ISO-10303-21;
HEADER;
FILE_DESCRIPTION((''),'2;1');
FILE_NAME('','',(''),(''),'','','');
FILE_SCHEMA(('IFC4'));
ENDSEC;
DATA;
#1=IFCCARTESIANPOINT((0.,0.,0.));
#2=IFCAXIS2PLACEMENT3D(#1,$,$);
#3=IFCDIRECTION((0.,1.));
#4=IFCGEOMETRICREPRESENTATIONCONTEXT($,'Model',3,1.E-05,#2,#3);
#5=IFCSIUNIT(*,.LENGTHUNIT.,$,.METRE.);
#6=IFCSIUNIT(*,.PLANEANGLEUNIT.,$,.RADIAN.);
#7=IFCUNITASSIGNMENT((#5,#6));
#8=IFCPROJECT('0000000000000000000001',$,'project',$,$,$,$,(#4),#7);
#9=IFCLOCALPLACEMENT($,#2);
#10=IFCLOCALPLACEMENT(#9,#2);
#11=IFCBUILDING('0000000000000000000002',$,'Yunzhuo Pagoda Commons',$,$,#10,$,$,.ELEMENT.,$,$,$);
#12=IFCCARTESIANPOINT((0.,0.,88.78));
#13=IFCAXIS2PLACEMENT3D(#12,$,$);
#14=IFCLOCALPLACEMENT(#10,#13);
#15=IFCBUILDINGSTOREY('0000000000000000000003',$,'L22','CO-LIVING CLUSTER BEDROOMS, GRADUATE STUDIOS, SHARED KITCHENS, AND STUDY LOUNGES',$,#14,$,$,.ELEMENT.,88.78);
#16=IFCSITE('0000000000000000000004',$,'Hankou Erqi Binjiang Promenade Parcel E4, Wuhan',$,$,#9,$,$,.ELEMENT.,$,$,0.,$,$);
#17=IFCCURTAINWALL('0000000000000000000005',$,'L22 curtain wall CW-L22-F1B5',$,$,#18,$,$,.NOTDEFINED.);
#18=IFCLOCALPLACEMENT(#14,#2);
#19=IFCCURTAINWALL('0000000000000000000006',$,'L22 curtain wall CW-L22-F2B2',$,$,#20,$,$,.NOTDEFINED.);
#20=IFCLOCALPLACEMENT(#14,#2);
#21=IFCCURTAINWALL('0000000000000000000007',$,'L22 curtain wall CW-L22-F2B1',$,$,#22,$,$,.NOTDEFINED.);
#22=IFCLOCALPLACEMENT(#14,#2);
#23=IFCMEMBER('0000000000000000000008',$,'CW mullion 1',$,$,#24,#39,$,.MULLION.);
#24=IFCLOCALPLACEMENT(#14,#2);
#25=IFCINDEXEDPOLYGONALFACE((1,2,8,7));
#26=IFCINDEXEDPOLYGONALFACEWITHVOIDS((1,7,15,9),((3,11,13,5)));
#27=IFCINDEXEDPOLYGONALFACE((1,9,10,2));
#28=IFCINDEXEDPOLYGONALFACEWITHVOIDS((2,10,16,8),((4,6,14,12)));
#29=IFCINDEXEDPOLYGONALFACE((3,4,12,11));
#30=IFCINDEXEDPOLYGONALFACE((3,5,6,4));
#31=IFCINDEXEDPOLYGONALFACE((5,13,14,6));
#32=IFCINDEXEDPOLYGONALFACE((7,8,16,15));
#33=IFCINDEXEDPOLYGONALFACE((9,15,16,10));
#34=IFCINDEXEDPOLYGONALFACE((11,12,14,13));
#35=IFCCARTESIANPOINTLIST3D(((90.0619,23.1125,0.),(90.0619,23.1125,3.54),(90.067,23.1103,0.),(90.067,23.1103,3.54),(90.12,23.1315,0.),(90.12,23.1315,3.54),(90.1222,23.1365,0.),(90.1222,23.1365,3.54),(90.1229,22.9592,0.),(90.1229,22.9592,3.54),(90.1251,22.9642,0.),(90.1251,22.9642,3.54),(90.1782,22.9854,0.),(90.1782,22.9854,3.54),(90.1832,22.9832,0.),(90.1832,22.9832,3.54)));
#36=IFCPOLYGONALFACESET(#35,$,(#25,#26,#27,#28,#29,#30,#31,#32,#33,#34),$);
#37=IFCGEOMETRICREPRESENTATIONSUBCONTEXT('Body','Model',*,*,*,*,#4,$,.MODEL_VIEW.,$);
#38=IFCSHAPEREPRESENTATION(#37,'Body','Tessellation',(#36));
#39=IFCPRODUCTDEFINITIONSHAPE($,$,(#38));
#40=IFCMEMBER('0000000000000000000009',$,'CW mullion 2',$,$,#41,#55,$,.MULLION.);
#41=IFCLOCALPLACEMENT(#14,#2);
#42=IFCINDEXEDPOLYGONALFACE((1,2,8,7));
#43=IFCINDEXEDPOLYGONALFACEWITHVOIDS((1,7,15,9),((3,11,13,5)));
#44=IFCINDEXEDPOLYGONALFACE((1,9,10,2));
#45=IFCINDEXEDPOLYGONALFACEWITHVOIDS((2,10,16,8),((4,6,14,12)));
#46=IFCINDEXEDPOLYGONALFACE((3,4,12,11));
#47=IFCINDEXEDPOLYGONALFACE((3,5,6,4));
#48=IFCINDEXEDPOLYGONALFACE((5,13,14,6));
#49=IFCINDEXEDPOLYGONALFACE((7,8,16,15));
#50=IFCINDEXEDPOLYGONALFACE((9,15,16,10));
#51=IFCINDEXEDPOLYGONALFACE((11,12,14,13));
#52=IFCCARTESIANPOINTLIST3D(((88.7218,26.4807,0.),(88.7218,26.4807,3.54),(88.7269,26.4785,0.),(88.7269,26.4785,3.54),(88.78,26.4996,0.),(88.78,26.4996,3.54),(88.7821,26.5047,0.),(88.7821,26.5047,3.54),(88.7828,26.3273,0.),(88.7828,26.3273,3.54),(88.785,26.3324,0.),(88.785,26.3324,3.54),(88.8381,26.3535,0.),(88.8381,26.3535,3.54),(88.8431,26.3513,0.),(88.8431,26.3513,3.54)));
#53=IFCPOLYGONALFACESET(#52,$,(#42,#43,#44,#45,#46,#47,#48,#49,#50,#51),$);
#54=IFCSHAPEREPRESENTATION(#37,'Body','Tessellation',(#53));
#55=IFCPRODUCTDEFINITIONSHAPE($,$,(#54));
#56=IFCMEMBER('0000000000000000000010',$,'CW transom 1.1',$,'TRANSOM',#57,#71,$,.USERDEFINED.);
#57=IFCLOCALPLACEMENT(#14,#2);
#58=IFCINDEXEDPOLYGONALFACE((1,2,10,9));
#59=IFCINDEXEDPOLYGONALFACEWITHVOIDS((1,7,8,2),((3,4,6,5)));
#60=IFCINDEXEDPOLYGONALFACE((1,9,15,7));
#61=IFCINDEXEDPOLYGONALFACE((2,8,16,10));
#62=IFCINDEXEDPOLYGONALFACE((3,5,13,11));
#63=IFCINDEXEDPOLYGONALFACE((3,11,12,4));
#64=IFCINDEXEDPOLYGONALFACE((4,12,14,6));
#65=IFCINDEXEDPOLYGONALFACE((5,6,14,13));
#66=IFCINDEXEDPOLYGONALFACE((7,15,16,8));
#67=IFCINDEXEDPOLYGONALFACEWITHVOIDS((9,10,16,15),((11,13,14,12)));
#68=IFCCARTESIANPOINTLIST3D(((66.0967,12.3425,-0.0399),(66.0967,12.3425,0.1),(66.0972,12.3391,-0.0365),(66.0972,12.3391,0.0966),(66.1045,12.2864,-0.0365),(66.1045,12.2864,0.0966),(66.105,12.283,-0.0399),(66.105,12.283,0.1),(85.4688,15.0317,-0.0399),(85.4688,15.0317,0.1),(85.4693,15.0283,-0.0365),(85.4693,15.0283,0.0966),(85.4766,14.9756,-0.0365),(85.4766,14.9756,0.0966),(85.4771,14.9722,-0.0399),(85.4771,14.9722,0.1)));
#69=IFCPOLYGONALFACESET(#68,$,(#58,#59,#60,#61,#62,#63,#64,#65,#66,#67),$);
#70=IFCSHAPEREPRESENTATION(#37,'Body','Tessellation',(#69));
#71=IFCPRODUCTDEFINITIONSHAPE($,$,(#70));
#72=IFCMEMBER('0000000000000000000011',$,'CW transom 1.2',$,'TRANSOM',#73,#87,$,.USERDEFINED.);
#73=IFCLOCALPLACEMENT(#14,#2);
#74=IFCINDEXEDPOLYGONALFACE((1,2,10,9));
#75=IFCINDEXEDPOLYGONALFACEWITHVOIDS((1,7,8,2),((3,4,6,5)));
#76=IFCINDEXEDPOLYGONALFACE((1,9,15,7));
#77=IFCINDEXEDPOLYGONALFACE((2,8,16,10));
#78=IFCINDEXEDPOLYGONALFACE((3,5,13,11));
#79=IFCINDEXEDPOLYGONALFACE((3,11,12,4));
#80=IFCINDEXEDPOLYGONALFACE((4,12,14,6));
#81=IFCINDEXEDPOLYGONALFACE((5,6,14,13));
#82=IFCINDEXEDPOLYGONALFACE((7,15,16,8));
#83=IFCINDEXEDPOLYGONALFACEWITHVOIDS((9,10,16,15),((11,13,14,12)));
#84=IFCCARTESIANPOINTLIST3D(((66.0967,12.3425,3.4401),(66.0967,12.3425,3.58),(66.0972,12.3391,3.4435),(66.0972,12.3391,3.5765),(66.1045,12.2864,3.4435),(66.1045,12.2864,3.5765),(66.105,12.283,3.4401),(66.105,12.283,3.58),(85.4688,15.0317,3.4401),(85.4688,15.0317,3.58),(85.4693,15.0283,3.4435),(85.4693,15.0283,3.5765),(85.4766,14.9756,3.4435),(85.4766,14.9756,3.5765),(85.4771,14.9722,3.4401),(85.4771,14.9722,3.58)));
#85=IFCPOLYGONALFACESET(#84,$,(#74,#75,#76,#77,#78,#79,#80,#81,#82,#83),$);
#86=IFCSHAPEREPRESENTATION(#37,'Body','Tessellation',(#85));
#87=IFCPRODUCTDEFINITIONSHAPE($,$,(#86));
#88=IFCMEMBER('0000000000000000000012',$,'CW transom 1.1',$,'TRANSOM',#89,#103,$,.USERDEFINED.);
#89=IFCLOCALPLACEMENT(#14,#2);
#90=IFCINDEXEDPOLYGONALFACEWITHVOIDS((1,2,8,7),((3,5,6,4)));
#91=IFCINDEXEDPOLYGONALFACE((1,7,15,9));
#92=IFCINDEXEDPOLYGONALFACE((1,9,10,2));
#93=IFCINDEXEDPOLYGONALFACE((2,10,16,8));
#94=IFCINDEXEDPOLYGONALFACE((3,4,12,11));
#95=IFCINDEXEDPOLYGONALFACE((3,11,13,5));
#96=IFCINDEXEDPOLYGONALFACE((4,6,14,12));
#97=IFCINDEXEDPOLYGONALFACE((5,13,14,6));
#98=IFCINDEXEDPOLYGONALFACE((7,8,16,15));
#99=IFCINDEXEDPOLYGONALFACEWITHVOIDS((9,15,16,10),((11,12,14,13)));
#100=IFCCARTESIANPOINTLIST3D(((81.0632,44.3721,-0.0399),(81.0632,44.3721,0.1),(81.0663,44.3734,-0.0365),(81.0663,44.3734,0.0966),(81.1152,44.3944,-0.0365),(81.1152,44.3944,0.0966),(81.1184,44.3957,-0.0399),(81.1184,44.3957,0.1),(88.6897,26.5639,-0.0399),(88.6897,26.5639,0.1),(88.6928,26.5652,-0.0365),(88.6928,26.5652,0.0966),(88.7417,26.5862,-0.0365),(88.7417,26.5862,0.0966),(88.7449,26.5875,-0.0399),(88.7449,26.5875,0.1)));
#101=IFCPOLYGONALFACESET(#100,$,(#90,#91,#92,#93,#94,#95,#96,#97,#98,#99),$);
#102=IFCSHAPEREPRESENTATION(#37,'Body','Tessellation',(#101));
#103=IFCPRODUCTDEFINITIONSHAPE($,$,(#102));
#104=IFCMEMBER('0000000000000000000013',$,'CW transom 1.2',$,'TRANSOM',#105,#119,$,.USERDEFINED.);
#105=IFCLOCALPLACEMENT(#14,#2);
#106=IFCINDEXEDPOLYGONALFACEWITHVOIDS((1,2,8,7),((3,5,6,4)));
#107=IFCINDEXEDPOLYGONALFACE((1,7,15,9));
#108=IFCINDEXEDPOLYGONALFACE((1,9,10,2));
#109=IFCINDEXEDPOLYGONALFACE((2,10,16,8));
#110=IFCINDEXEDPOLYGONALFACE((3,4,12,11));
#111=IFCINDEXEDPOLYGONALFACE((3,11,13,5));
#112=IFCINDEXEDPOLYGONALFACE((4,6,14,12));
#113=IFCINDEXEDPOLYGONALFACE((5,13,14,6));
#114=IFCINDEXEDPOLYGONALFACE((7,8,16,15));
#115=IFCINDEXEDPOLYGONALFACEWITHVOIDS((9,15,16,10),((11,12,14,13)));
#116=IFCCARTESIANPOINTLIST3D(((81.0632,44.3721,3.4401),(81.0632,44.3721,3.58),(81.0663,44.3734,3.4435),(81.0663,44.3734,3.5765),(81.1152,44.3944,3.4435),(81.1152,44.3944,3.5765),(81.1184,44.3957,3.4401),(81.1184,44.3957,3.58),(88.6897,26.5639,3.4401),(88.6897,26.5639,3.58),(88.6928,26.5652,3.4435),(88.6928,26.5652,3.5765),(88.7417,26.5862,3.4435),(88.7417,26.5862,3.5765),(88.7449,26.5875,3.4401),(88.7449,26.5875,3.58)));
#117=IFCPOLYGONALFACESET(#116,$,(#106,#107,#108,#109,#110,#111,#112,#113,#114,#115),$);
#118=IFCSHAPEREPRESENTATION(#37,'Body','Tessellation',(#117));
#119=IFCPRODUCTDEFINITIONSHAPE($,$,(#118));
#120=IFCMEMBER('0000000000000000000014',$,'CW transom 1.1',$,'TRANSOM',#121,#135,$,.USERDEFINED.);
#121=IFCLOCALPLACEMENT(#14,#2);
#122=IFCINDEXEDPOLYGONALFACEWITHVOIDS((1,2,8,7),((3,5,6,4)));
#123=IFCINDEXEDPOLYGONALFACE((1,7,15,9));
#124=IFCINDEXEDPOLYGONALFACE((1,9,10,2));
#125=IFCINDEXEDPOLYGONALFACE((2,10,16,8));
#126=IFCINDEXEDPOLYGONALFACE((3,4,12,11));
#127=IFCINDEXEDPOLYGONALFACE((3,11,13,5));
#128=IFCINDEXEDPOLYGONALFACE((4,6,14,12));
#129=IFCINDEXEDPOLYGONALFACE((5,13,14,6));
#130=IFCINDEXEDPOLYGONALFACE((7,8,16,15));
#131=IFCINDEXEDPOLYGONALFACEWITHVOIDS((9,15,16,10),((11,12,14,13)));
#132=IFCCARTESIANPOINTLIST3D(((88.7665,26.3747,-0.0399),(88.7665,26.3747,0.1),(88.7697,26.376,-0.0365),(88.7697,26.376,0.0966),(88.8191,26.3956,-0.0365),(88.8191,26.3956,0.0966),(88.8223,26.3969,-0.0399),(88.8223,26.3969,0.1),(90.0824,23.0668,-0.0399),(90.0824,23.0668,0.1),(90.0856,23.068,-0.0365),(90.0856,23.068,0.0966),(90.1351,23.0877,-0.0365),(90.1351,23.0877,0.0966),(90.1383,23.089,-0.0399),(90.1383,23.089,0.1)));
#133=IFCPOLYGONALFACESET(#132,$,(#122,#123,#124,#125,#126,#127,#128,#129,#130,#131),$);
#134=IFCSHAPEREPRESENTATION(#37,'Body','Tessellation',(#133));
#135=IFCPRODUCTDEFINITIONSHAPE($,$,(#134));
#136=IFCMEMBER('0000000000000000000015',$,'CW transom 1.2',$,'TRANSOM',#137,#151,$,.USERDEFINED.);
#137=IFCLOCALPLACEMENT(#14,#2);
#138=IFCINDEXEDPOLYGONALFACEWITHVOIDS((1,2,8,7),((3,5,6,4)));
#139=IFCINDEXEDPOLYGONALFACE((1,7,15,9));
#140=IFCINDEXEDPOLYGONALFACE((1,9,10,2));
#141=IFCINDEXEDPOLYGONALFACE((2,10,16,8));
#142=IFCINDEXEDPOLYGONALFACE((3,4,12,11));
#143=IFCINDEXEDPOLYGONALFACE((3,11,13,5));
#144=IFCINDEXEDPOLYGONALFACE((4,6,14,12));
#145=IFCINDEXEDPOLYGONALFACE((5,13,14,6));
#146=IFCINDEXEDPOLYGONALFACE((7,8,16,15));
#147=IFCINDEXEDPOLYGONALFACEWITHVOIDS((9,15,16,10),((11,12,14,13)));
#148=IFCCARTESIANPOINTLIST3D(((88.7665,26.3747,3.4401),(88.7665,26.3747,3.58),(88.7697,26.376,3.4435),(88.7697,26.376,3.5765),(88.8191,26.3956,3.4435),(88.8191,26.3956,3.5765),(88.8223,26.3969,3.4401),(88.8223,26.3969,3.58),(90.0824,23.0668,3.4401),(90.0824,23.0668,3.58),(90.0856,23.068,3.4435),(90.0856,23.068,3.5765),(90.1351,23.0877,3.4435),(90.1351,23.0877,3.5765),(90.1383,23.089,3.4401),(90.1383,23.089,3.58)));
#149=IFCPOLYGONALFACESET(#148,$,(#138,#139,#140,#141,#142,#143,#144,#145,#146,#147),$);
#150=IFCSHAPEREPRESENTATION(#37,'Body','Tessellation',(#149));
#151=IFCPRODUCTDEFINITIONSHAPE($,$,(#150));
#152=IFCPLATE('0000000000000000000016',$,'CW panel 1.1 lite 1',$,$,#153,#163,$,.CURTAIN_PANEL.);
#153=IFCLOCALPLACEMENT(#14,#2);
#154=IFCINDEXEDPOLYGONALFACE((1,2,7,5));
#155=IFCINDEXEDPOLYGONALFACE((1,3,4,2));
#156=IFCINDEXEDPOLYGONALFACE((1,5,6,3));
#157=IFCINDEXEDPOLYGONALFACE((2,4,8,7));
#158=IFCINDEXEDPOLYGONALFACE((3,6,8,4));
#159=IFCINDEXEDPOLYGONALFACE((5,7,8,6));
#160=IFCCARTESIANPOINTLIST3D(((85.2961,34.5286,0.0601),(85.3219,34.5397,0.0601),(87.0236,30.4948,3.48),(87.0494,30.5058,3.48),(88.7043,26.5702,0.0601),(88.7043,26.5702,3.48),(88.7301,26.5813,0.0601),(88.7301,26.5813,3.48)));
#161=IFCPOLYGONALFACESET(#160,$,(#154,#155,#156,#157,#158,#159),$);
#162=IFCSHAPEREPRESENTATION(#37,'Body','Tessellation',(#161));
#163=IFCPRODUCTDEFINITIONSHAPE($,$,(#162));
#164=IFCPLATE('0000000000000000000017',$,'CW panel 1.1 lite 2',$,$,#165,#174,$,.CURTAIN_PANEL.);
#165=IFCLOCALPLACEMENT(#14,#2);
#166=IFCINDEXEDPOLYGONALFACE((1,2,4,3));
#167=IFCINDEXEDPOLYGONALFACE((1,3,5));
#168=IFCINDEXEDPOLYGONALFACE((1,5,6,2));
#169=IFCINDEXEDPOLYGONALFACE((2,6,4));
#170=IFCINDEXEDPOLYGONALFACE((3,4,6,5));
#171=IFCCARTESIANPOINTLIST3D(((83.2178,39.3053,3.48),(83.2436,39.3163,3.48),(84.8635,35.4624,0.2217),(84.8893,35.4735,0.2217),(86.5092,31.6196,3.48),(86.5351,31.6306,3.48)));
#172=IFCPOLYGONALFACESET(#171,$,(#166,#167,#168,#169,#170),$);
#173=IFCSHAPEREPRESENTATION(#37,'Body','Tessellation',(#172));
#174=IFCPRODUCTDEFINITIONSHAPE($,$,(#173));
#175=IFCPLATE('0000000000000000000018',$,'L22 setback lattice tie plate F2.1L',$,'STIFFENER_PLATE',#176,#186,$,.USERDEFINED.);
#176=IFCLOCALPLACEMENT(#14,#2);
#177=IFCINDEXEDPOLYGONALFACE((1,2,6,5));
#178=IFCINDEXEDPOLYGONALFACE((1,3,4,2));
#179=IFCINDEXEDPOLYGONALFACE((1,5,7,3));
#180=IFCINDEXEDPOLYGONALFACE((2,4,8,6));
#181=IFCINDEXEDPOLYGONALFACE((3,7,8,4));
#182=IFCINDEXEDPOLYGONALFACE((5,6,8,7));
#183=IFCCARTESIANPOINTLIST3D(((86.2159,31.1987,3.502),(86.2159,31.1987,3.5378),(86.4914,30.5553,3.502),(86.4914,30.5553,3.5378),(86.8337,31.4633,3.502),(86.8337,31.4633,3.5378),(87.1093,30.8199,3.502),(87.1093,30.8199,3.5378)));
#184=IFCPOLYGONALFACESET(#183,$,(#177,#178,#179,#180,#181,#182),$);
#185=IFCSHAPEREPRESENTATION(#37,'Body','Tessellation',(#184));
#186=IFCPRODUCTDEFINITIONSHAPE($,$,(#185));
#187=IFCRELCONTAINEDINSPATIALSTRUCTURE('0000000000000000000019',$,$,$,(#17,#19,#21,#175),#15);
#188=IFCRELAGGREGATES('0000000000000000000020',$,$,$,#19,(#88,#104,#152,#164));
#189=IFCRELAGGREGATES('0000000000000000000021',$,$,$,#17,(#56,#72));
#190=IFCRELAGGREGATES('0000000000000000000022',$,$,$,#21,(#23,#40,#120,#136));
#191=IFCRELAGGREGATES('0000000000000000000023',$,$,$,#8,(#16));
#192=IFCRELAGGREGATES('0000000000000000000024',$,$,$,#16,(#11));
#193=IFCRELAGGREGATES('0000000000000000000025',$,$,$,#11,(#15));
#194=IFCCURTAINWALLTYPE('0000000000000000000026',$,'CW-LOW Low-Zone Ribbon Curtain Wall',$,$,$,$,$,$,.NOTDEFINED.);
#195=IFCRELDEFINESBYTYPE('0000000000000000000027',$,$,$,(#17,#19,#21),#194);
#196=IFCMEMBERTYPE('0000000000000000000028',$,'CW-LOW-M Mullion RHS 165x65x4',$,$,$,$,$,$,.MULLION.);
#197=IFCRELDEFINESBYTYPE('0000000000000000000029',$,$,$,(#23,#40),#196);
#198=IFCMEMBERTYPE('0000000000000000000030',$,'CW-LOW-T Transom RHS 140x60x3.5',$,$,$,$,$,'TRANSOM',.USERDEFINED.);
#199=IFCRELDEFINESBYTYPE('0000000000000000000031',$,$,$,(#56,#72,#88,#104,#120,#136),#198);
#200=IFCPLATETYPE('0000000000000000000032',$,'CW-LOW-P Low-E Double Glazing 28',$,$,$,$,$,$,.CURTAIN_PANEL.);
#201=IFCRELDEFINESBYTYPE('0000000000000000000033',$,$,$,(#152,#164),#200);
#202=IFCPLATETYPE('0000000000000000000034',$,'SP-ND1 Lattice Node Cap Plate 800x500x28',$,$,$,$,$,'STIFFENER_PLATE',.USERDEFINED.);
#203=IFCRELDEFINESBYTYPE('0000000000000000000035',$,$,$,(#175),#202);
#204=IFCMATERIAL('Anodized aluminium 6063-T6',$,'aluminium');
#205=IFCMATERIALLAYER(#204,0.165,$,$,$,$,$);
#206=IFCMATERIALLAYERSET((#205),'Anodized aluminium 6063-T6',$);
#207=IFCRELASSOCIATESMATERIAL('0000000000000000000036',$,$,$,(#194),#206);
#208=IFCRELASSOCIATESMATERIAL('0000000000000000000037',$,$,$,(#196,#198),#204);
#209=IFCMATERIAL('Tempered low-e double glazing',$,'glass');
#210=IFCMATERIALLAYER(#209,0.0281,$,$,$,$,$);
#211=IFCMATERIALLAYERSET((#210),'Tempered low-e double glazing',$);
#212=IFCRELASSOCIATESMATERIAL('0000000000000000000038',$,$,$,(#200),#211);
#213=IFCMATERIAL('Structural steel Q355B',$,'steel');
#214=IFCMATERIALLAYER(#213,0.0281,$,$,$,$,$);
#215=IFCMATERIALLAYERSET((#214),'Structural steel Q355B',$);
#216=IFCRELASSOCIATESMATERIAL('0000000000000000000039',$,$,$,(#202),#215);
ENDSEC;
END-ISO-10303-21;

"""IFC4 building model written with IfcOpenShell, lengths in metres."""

from ifc_helpers import new_model, si_unit, direction, frame, origin, origin_2d, place, context, subcontext, project, spatial, polyline, rectangle, hollow_rectangle, outline, extrude, source, transform, mapped, material, layer, layer_set, material_profile, profile_set, type_object, element, aggregate, save


model = new_model("IFC4")

# Units and contexts
model_context = context("Model", 3, precision=1e-05, world=origin(), true_north=direction((0.0, 1.0)))
body_context = subcontext(model_context, "Body", "Model", "MODEL_VIEW")
ifc_project = project(units=[si_unit("LENGTHUNIT", "METRE"), si_unit("PLANEANGLEUNIT", "RADIAN")], contexts=[model_context])

# Site, building, storey
site_placement = place(None, origin())
site = spatial("IfcSite", under=ifc_project, at=site_placement, Name="Hankou Erqi Binjiang Promenade Parcel E4, Wuhan", CompositionType="ELEMENT", RefElevation=0.0)
building_placement = place(site_placement, origin())
building = spatial("IfcBuilding", under=site, at=building_placement, Name="Yunzhuo Pagoda Commons", CompositionType="ELEMENT")
storey_placement = place(building_placement, frame((0.0, 0.0, 88.78)))
storey = spatial("IfcBuildingStorey", under=building, at=storey_placement, Name="L22", Description="CO-LIVING CLUSTER BEDROOMS, GRADUATE STUDIOS, SHARED KITCHENS, AND STUDY LOUNGES", CompositionType="ELEMENT", Elevation=88.78)

# Shared definitions
ifc_material_1 = material(Name="Structural steel Q355B", Category="steel")

# Curtain walls
ifc_material_2 = material(Name="Anodized aluminium 6063-T6", Category="aluminium")
ifc_layer_1 = layer(ifc_material_2, 0.165)
ifc_layer_set_1 = layer_set([ifc_layer_1], Name="Anodized aluminium 6063-T6")
curtain_wall_type = type_object("IfcCurtainWallType", Name="CW-LOW Low-Zone Ribbon Curtain Wall", PredefinedType="NOTDEFINED", material=ifc_layer_set_1)
curtain_wall_1_placement = place(storey_placement, origin())
curtain_wall_1 = element("IfcCurtainWall", 1, at=curtain_wall_1_placement, inside=storey, type_object=curtain_wall_type, Name="L22 curtain wall CW-L22-F1B5", PredefinedType="NOTDEFINED")
ifc_material_profile_1 = material_profile(ifc_material_2, hollow_rectangle(XDim=0.0649, YDim=0.165, WallThickness=0.0039, at=origin_2d()), Name="Anodized aluminium 6063-T6")
ifc_profile_set_1 = profile_set([ifc_material_profile_1], Name="Anodized aluminium 6063-T6")
member_type_1 = type_object("IfcMemberType", Name="CW-LOW-M Mullion RHS 165x65x4", PredefinedType="MULLION", material=ifc_profile_set_1)
shared_shape_1 = source(origin(), body_context, "Body", "SweptSolid", [
    extrude(hollow_rectangle(XDim=0.0649, YDim=0.165, WallThickness=0.0039, at=origin_2d()), origin(), (0.0, 0.0, 1.0), 3.54),
])
curtain_wall_2_placement = place(storey_placement, origin())
curtain_wall_2 = element("IfcCurtainWall", 2, at=curtain_wall_2_placement, inside=storey, type_object=curtain_wall_type, Name="L22 curtain wall CW-L22-F2B2", PredefinedType="NOTDEFINED")

# Curtain wall, members
curtain_wall_3_placement = place(storey_placement, origin())
curtain_wall_3 = element("IfcCurtainWall", 3, at=curtain_wall_3_placement, inside=storey, type_object=curtain_wall_type, Name="L22 curtain wall CW-L22-F2B1", PredefinedType="NOTDEFINED")
member_1_placement = place(storey_placement, frame((90.1226, 23.0479, 0.0), z_axis=(0.0, 0.0, 1.0), x_axis=(-0.92917, -0.369652, 0.0)))
member_1 = element("IfcMember", 4, at=member_1_placement, type_object=member_type_1, Name="CW mullion 1", PredefinedType="MULLION", context=body_context, shape_type="MappedRepresentation", body=[
    mapped(shared_shape_1, transform((0.0, 0.0, 0.0), scale=1.0)),
])
member_2_placement = place(storey_placement, frame((88.7825, 26.416, 0.0), z_axis=(0.0, 0.0, 1.0), x_axis=(-0.92917, -0.369652, 0.0)))
member_2 = element("IfcMember", 5, at=member_2_placement, type_object=member_type_1, Name="CW mullion 2", PredefinedType="MULLION", context=body_context, shape_type="MappedRepresentation", body=[
    mapped(shared_shape_1, transform((0.0, 0.0, 0.0), scale=1.0)),
])

# Members
ifc_material_profile_2 = material_profile(ifc_material_2, hollow_rectangle(XDim=0.0601, YDim=0.1399, WallThickness=0.0034, at=origin_2d()), Name="Anodized aluminium 6063-T6")
ifc_profile_set_2 = profile_set([ifc_material_profile_2], Name="Anodized aluminium 6063-T6")
member_type_2 = type_object("IfcMemberType", Name="CW-LOW-T Transom RHS 140x60x3.5", ElementType="TRANSOM", PredefinedType="USERDEFINED", material=ifc_profile_set_2)
shared_shape_2 = source(origin(), body_context, "Body", "SweptSolid", [
    extrude(hollow_rectangle(XDim=0.0601, YDim=0.1399, WallThickness=0.0034, at=origin_2d()), origin(), (0.0, 0.0, 1.0), 19.5579),
])
member_3_placement = place(storey_placement, frame((66.1008, 12.3127, 0.03), z_axis=(0.990502, 0.1375, 0.0), x_axis=(-0.1375, 0.990502, 0.0)))
member_3 = element("IfcMember", 6, at=member_3_placement, type_object=member_type_2, Name="CW transom 1.1", ObjectType="TRANSOM", PredefinedType="USERDEFINED", context=body_context, shape_type="MappedRepresentation", body=[
    mapped(shared_shape_2, transform((0.0, 0.0, 0.0), scale=1.0)),
])
member_4_placement = place(storey_placement, frame((66.1008, 12.3127, 3.51), z_axis=(0.990502, 0.1375, 0.0), x_axis=(-0.1375, 0.990502, 0.0)))
member_4 = element("IfcMember", 7, at=member_4_placement, type_object=member_type_2, Name="CW transom 1.2", ObjectType="TRANSOM", PredefinedType="USERDEFINED", context=body_context, shape_type="MappedRepresentation", body=[
    mapped(shared_shape_2, transform((0.0, 0.0, 0.0), scale=1.0)),
])
shared_shape_3 = source(origin(), body_context, "Body", "SweptSolid", [
    extrude(hollow_rectangle(XDim=0.0601, YDim=0.1399, WallThickness=0.0034, at=origin_2d()), origin(), (0.0, 0.0, 1.0), 19.3726),
])
member_5_placement = place(storey_placement, frame((88.7173, 26.5757, 0.03), z_axis=(-0.393676, 0.919249, 0.0), x_axis=(-0.919249, -0.393676, 0.0)))
member_5 = element("IfcMember", 8, at=member_5_placement, type_object=member_type_2, Name="CW transom 1.1", ObjectType="TRANSOM", PredefinedType="USERDEFINED", context=body_context, shape_type="MappedRepresentation", body=[
    mapped(shared_shape_3, transform((0.0, 0.0, 0.0), scale=1.0)),
])
member_6_placement = place(storey_placement, frame((88.7173, 26.5757, 3.51), z_axis=(-0.393676, 0.919249, 0.0), x_axis=(-0.919249, -0.393676, 0.0)))
member_6 = element("IfcMember", 9, at=member_6_placement, type_object=member_type_2, Name="CW transom 1.2", ObjectType="TRANSOM", PredefinedType="USERDEFINED", context=body_context, shape_type="MappedRepresentation", body=[
    mapped(shared_shape_3, transform((0.0, 0.0, 0.0), scale=1.0)),
])
shared_shape_4 = source(origin(), body_context, "Body", "SweptSolid", [
    extrude(hollow_rectangle(XDim=0.0601, YDim=0.1399, WallThickness=0.0034, at=origin_2d()), origin(), (0.0, 0.0, 1.0), 3.5601),
])
member_7_placement = place(storey_placement, frame((90.1104, 23.0779, 0.03), z_axis=(-0.36964, 0.929175, 0.0), x_axis=(-0.929175, -0.36964, 0.0)))
member_7 = element("IfcMember", 10, at=member_7_placement, type_object=member_type_2, Name="CW transom 1.1", ObjectType="TRANSOM", PredefinedType="USERDEFINED", context=body_context, shape_type="MappedRepresentation", body=[
    mapped(shared_shape_4, transform((0.0, 0.0, 0.0), scale=1.0)),
])
member_8_placement = place(storey_placement, frame((90.1104, 23.0779, 3.51), z_axis=(-0.36964, 0.929175, 0.0), x_axis=(-0.929175, -0.36964, 0.0)))
member_8 = element("IfcMember", 11, at=member_8_placement, type_object=member_type_2, Name="CW transom 1.2", ObjectType="TRANSOM", PredefinedType="USERDEFINED", context=body_context, shape_type="MappedRepresentation", body=[
    mapped(shared_shape_4, transform((0.0, 0.0, 0.0), scale=1.0)),
])

# Plates
ifc_material_3 = material(Name="Tempered low-e double glazing", Category="glass")
ifc_layer_2 = layer(ifc_material_3, 0.0281)
ifc_layer_set_2 = layer_set([ifc_layer_2], Name="Tempered low-e double glazing")
plate_type_1 = type_object("IfcPlateType", Name="CW-LOW-P Low-E Double Glazing 28", PredefinedType="CURTAIN_PANEL", material=ifc_layer_set_2)
plate_1_placement = place(storey_placement, frame((87.0002, 30.5493, 1.77), z_axis=(0.91925, 0.393674, 0.0), x_axis=(-0.393674, 0.91925, 0.0)))
plate_1 = element("IfcPlate", 12, at=plate_1_placement, type_object=plate_type_1, Name="CW panel 1.1 lite 1", PredefinedType="CURTAIN_PANEL", context=body_context, shape_type="SweptSolid", body=[
    extrude(outline(polyline([(-4.3286, -1.71), (4.3289, -1.71), (-0.0593, 1.71), (-4.3286, 1.71), (-4.3286, -1.71)])), origin(), (0.0, 0.0, 1.0), 0.0281),
])
plate_2_placement = place(storey_placement, frame((84.8635, 35.4624, 1.8508), z_axis=(0.91925, 0.393674, 0.0), x_axis=(-0.393674, 0.91925, 0.0)))
plate_2 = element("IfcPlate", 13, at=plate_2_placement, type_object=plate_type_1, Name="CW panel 1.1 lite 2", PredefinedType="CURTAIN_PANEL", context=body_context, shape_type="SweptSolid", body=[
    extrude(outline(polyline([(-4.1804, 1.6292), (0.0, -1.6292), (4.1804, 1.6292), (-4.1804, 1.6292)])), origin(), (0.0, 0.0, 1.0), 0.0281),
])
aggregate(curtain_wall_2, [member_5, member_6, plate_1, plate_2])
ifc_layer_3 = layer(ifc_material_1, 0.0281)
ifc_layer_set_3 = layer_set([ifc_layer_3], Name="Structural steel Q355B")
plate_type_2 = type_object("IfcPlateType", Name="SP-ND1 Lattice Node Cap Plate 800x500x28", ElementType="STIFFENER_PLATE", PredefinedType="USERDEFINED", material=ifc_layer_set_3)
shared_shape_5 = source(origin(), body_context, "Body", "SweptSolid", [
    extrude(rectangle(XDim=0.7, YDim=0.6721, at=origin_2d()), origin(), (0.0, 0.0, 1.0), 0.0359),
])
plate_3_placement = place(storey_placement, frame((86.6626, 31.0093, 3.502), z_axis=(0.0, 0.0, 1.0), x_axis=(-0.393669, 0.919252, 0.0)))
element("IfcPlate", 14, at=plate_3_placement, inside=storey, type_object=plate_type_2, Name="L22 setback lattice tie plate F2.1L", ObjectType="STIFFENER_PLATE", PredefinedType="USERDEFINED", context=body_context, shape_type="MappedRepresentation", body=[
    mapped(shared_shape_5, transform((0.0, 0.0, 0.0), scale=1.0)),
])
aggregate(curtain_wall_1, [member_3, member_4])
aggregate(curtain_wall_3, [member_1, member_2, member_7, member_8])

save(model, "model.ifc")
